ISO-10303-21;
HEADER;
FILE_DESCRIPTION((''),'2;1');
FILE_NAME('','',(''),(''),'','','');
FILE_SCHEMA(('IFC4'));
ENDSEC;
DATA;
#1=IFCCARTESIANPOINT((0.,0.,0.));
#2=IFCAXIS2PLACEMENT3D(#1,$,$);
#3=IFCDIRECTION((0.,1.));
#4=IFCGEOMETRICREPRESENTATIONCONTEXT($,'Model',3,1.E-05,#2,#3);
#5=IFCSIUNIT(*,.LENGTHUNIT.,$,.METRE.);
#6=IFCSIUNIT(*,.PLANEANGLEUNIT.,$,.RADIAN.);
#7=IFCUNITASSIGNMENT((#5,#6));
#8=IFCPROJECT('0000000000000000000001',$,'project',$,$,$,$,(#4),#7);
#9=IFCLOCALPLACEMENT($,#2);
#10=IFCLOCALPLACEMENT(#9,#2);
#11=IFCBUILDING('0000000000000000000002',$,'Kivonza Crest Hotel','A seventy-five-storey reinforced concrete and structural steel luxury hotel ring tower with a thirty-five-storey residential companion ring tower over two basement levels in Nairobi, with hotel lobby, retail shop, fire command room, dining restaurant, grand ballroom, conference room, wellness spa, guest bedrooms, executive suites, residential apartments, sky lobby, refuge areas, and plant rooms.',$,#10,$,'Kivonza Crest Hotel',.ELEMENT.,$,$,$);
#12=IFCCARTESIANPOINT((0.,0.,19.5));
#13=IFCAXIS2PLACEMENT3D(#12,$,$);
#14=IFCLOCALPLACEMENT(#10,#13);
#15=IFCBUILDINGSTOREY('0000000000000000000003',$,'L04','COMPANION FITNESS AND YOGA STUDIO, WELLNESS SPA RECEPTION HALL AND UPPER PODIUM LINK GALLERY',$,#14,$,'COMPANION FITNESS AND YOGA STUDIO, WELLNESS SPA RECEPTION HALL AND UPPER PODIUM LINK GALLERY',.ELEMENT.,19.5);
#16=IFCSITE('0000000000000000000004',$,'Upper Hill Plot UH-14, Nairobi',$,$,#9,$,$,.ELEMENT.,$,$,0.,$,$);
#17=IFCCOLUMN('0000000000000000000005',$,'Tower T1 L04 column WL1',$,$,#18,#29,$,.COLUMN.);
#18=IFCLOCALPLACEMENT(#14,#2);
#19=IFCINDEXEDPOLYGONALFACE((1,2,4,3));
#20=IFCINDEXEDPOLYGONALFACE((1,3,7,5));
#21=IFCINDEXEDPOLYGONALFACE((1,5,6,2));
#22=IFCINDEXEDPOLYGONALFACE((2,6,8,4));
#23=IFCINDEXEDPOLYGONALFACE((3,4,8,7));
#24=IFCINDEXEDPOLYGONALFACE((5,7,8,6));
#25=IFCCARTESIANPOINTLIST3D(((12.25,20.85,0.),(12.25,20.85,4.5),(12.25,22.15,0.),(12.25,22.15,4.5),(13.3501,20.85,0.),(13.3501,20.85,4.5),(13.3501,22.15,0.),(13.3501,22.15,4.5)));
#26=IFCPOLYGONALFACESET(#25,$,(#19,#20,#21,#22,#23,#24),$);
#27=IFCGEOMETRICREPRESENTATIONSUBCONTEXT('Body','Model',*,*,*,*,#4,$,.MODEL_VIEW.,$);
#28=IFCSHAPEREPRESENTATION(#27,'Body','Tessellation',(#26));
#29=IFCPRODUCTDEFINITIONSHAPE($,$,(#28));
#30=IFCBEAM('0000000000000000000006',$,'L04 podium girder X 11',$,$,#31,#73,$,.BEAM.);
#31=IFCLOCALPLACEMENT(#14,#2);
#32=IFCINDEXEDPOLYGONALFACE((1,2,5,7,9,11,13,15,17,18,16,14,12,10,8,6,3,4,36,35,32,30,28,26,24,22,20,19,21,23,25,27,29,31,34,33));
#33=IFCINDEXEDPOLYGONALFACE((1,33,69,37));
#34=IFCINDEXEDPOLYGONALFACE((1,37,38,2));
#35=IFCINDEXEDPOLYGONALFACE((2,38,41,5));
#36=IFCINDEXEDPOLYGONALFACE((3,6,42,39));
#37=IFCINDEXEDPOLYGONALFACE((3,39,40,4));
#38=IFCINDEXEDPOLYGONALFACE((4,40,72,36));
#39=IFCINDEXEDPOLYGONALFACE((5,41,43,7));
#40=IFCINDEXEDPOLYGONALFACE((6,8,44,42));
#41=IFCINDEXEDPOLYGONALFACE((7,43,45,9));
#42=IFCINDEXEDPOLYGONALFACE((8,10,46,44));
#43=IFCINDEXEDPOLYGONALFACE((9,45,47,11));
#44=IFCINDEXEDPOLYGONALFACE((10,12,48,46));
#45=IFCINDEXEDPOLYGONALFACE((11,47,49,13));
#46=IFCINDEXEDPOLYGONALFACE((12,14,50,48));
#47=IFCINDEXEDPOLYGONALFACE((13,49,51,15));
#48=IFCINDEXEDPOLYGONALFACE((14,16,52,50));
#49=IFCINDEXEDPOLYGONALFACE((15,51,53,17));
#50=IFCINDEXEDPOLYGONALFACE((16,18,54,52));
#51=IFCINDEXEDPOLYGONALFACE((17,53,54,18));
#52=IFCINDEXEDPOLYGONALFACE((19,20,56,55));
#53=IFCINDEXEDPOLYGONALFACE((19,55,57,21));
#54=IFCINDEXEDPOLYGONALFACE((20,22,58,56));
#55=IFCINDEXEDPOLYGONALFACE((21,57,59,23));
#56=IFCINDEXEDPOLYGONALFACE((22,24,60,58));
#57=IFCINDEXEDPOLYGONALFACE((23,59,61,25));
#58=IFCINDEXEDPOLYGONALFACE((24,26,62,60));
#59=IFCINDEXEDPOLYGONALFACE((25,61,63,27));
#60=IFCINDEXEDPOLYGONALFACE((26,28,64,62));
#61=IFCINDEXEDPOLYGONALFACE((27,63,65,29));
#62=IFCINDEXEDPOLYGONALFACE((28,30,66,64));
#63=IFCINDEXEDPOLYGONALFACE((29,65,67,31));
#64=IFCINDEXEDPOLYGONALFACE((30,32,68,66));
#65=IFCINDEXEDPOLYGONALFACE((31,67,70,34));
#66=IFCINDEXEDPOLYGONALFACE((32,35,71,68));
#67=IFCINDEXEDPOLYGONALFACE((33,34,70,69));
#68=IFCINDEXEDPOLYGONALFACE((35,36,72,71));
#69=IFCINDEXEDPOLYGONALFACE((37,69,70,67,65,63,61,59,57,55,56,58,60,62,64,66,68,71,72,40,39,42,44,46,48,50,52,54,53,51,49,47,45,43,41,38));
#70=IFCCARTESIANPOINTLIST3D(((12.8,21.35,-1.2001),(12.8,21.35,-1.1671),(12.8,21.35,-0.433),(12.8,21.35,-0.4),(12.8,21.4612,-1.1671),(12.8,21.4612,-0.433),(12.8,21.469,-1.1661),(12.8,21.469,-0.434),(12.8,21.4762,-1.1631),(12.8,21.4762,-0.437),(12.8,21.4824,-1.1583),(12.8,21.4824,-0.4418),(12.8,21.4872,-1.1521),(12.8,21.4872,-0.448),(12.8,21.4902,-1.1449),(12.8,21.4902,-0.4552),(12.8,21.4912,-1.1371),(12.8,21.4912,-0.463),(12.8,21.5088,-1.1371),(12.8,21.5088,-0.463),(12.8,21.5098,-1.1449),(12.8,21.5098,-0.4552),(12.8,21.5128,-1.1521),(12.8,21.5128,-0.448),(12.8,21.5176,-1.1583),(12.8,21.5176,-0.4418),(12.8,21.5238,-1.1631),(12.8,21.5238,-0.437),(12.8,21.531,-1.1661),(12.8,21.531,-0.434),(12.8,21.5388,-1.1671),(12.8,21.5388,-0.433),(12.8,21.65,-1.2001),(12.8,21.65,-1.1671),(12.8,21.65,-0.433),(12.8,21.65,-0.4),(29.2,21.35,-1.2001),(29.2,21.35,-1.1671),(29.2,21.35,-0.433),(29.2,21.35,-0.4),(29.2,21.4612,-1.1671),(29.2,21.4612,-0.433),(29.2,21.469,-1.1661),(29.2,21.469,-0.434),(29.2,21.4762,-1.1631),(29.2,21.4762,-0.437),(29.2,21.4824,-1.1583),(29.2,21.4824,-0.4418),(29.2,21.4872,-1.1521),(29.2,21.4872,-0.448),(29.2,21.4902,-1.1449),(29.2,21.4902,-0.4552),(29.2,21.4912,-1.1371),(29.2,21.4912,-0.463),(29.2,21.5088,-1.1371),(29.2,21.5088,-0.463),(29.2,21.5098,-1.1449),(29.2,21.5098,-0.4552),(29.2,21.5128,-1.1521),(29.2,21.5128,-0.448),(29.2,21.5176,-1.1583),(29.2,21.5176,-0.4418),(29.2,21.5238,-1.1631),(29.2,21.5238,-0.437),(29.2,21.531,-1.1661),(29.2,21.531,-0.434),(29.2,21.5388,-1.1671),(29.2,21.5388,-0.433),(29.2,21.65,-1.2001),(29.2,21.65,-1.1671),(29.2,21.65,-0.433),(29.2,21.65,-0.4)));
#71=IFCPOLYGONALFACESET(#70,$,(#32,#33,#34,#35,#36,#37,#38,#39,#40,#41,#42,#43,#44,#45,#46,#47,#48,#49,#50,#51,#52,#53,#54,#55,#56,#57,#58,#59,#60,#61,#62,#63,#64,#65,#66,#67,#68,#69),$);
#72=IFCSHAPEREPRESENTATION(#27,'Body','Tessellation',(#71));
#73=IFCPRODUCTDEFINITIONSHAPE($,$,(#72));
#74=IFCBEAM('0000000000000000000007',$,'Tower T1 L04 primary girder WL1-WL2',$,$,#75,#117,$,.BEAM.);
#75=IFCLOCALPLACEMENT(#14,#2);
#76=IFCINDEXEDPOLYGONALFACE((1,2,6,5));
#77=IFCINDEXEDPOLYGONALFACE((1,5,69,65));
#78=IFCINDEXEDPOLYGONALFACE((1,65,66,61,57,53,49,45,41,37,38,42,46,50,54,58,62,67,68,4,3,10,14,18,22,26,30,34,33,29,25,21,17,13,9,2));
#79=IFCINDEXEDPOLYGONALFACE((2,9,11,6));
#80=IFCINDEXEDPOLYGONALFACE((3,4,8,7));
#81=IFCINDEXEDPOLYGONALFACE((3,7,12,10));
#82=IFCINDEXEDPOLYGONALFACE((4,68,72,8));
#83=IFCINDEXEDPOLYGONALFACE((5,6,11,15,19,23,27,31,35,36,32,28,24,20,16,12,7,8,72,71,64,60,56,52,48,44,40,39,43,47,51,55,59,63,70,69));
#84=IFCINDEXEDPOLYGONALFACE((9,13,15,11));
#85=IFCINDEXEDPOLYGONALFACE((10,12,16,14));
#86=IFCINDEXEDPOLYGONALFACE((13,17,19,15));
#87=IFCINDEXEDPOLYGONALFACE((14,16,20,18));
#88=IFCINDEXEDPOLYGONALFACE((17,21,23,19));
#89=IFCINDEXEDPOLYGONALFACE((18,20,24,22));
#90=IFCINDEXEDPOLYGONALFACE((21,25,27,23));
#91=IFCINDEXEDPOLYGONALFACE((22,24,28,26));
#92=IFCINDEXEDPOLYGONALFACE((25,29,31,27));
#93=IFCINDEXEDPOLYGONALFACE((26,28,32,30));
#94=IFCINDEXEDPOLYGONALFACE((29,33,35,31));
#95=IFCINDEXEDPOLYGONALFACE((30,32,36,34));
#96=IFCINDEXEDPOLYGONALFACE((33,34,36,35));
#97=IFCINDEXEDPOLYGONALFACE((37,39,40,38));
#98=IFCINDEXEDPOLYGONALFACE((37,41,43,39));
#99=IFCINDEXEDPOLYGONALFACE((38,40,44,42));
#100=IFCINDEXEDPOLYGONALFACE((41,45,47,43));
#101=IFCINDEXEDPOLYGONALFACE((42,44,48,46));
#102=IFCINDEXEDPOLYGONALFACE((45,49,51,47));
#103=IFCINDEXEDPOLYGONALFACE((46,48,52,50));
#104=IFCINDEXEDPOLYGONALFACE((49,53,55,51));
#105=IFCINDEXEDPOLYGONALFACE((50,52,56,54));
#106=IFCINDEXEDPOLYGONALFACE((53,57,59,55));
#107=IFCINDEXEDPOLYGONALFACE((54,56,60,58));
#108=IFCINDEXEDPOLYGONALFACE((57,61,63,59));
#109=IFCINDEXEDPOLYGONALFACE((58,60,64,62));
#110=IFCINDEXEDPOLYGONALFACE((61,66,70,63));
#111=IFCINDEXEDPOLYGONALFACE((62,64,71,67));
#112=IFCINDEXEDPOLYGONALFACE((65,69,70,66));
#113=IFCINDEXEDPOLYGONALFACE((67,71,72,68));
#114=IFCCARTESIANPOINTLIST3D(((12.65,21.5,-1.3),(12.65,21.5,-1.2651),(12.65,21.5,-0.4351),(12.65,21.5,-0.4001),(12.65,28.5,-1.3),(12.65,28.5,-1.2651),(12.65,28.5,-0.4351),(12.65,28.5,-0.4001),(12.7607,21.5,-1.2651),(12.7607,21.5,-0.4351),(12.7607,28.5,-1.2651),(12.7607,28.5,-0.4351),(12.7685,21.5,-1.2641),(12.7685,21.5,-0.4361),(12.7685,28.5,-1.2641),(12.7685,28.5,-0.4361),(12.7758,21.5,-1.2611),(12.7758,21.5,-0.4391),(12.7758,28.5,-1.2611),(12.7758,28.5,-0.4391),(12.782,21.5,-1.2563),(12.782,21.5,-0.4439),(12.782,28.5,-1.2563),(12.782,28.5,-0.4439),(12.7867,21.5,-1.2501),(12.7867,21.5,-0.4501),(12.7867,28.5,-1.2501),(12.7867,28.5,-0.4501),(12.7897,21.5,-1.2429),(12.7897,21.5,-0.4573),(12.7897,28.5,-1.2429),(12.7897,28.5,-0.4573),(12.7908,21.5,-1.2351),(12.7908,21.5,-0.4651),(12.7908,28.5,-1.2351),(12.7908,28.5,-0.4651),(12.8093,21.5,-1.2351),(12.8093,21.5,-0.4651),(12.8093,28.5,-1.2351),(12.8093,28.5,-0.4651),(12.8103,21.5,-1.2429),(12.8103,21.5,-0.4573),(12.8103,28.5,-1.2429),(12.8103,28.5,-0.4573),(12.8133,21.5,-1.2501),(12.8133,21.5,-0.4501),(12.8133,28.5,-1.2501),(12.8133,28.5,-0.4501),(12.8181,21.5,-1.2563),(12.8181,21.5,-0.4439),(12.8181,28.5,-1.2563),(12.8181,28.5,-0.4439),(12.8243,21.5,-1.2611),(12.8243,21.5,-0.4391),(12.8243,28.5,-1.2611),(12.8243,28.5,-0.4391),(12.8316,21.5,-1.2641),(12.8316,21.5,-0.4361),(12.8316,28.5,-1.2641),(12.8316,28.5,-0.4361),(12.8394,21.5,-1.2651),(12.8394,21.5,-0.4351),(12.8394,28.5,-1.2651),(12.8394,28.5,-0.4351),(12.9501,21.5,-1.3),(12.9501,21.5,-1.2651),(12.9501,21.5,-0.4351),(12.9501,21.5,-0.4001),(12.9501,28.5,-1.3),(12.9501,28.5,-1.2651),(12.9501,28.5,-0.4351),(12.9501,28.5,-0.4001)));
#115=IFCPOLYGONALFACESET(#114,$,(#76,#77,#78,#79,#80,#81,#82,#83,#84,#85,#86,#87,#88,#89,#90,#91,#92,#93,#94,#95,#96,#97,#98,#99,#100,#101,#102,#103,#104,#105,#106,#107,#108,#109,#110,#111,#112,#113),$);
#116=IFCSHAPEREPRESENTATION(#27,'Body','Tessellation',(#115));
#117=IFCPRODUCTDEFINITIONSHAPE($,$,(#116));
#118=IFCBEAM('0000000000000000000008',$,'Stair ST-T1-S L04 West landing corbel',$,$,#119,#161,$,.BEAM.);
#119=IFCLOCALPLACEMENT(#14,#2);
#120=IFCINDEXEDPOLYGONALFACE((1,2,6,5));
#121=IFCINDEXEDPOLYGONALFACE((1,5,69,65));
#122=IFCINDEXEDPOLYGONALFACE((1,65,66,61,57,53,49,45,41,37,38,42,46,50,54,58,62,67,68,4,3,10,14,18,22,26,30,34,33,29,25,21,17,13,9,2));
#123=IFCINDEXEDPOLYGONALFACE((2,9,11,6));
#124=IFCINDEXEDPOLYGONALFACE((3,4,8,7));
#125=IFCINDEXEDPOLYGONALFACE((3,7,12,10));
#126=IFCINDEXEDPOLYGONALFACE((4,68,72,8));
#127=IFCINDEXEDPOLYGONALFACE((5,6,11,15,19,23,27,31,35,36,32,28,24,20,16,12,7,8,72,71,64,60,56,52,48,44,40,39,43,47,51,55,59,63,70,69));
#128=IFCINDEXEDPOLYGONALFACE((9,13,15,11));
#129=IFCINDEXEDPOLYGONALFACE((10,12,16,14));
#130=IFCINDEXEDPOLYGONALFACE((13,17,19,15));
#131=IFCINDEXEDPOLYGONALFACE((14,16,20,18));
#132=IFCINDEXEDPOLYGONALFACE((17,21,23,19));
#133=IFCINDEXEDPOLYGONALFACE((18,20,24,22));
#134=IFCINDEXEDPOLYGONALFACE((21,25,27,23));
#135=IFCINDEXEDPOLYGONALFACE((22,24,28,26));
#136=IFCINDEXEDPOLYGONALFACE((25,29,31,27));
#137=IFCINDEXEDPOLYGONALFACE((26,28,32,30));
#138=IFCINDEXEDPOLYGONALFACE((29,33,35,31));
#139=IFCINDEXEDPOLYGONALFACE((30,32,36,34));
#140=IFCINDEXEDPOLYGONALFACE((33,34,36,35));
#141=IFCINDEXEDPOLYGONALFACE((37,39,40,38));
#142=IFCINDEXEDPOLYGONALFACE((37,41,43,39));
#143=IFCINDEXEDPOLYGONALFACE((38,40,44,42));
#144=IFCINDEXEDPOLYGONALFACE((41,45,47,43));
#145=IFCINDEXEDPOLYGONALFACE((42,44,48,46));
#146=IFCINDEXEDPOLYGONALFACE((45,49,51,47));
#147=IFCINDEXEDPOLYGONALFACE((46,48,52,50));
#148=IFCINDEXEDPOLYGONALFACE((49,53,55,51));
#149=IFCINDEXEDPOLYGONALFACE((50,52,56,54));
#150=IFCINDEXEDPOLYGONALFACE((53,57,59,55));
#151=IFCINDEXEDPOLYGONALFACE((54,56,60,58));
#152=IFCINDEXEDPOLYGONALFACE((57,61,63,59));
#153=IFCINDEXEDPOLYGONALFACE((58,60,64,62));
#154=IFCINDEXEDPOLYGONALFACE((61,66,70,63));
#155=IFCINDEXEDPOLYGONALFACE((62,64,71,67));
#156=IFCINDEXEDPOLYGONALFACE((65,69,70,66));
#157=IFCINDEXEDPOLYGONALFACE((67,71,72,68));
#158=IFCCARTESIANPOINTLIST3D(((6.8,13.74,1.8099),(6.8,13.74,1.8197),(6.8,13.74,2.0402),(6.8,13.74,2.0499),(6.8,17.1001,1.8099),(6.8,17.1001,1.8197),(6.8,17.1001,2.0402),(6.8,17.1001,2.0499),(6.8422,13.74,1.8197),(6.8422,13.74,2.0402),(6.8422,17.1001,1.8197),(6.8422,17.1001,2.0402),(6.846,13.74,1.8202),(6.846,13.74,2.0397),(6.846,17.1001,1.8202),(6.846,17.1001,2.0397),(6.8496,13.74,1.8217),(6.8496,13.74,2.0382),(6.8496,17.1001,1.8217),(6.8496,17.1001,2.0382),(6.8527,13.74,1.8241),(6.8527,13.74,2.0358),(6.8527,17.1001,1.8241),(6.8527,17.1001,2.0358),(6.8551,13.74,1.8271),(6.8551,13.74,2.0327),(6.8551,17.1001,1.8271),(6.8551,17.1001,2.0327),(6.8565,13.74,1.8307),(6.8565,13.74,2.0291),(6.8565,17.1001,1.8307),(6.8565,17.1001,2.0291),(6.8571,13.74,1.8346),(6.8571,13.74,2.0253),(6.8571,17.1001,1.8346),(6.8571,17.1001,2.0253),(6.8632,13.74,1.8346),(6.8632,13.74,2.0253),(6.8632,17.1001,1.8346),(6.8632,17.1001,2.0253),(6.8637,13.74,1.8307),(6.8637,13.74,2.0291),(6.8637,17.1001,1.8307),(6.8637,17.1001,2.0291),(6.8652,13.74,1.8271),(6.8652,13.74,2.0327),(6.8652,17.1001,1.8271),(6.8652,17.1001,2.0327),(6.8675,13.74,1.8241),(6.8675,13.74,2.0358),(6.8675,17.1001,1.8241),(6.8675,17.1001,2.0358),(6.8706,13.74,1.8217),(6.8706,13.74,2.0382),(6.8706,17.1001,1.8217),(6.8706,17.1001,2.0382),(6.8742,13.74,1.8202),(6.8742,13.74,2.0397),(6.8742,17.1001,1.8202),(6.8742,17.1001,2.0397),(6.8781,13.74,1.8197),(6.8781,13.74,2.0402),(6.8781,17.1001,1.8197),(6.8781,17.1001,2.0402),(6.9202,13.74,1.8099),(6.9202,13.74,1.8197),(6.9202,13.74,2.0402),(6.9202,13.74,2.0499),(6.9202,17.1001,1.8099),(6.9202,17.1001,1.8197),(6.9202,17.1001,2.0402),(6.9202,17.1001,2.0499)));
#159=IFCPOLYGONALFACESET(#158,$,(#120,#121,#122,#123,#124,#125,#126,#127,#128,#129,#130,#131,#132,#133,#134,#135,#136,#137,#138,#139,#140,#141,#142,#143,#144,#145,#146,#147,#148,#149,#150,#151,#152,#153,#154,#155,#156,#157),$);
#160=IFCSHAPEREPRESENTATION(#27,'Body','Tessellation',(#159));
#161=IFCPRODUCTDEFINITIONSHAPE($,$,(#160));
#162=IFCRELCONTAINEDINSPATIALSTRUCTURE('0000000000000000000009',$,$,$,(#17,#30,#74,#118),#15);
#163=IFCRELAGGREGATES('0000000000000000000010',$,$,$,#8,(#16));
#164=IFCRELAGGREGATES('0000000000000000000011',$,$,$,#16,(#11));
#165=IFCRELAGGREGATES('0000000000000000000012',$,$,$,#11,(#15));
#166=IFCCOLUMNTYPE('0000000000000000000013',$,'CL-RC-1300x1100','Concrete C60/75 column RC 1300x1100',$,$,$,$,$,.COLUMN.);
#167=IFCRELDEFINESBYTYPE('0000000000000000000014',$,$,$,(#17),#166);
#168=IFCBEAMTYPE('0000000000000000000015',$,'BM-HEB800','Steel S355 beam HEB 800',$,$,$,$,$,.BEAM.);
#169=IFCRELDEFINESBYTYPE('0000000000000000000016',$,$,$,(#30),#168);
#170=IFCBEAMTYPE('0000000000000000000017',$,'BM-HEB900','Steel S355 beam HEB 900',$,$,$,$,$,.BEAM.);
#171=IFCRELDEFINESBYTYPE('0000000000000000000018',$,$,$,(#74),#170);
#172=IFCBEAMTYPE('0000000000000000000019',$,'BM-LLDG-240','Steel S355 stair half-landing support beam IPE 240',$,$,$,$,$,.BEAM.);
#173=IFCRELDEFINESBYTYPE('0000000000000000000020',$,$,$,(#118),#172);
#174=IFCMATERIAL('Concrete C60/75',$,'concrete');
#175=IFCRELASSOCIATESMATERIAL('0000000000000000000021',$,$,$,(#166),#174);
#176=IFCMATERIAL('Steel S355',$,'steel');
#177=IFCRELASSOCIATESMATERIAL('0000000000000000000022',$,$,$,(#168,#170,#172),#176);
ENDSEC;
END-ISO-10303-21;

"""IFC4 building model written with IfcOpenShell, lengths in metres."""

from ifc_helpers import new_model, si_unit, direction, frame, origin, origin_2d, place, context, subcontext, project, spatial, rectangle, i_section, extrude, material, material_profile, profile_set, type_object, element, save


model = new_model("IFC4")

# Units and contexts
model_context = context("Model", 3, precision=1e-05, world=origin(), true_north=direction((0.0, 1.0)))
body_context = subcontext(model_context, "Body", "Model", "MODEL_VIEW")
ifc_project = project(units=[si_unit("LENGTHUNIT", "METRE"), si_unit("PLANEANGLEUNIT", "RADIAN")], contexts=[model_context])

# Site, building, storey
site_placement = place(None, origin())
site = spatial("IfcSite", under=ifc_project, at=site_placement, Name="Upper Hill Plot UH-14, Nairobi", CompositionType="ELEMENT", RefElevation=0.0)
building_placement = place(site_placement, origin())
building = spatial("IfcBuilding", under=site, at=building_placement, Name="Kivonza Crest Hotel", Description="A seventy-five-storey reinforced concrete and structural steel luxury hotel ring tower with a thirty-five-storey residential companion ring tower over two basement levels in Nairobi, with hotel lobby, retail shop, fire command room, dining restaurant, grand ballroom, conference room, wellness spa, guest bedrooms, executive suites, residential apartments, sky lobby, refuge areas, and plant rooms.", LongName="Kivonza Crest Hotel", CompositionType="ELEMENT")
storey_placement = place(building_placement, frame((0.0, 0.0, 19.5)))
storey = spatial("IfcBuildingStorey", under=building, at=storey_placement, Name="L04", Description="COMPANION FITNESS AND YOGA STUDIO, WELLNESS SPA RECEPTION HALL AND UPPER PODIUM LINK GALLERY", LongName="COMPANION FITNESS AND YOGA STUDIO, WELLNESS SPA RECEPTION HALL AND UPPER PODIUM LINK GALLERY", CompositionType="ELEMENT", Elevation=19.5)

# Column
ifc_material_1 = material(Name="Concrete C60/75", Category="concrete")
ifc_material_profile_1 = material_profile(ifc_material_1, rectangle(XDim=1.1001, YDim=1.3, at=origin_2d()), Name="RC 1300x1100")
ifc_profile_set_1 = profile_set([ifc_material_profile_1], Name="Concrete C60/75")
column_type = type_object("IfcColumnType", Name="CL-RC-1300x1100", Description="Concrete C60/75 column RC 1300x1100", PredefinedType="COLUMN", material=ifc_profile_set_1)
column_placement = place(storey_placement, frame((12.8, 21.5, 0.0), z_axis=(0.0, 0.0, 1.0), x_axis=(1.0, 0.0, 0.0)))
element("IfcColumn", 1, at=column_placement, inside=storey, type_object=column_type, Name="Tower T1 L04 column WL1", PredefinedType="COLUMN", context=body_context, shape_type="SweptSolid", body=[
    extrude(rectangle(XDim=1.1001, YDim=1.3, at=origin_2d()), origin(), (0.0, 0.0, 1.0), 4.5),
])

# Beams
ifc_material_2 = material(Name="Steel S355", Category="steel")
ifc_material_profile_2 = material_profile(ifc_material_2, i_section(OverallWidth=0.3, OverallDepth=0.8, WebThickness=0.0176, FlangeThickness=0.033, FilletRadius=0.03, at=origin_2d()), Name="HEB 800")
ifc_profile_set_2 = profile_set([ifc_material_profile_2], Name="Steel S355")
beam_type_1 = type_object("IfcBeamType", Name="BM-HEB800", Description="Steel S355 beam HEB 800", PredefinedType="BEAM", material=ifc_profile_set_2)
beam_1_placement = place(storey_placement, frame((12.8, 21.5, -0.8), z_axis=(1.0, 0.0, 0.0), x_axis=(0.0, 1.0, 0.0)))
element("IfcBeam", 2, at=beam_1_placement, inside=storey, type_object=beam_type_1, Name="L04 podium girder X 11", PredefinedType="BEAM", context=body_context, shape_type="SweptSolid", body=[
    extrude(i_section(OverallWidth=0.3, OverallDepth=0.8, WebThickness=0.0176, FlangeThickness=0.033, FilletRadius=0.03, at=origin_2d()), origin(), (0.0, 0.0, 1.0), 16.3999),
])
ifc_material_profile_3 = material_profile(ifc_material_2, i_section(OverallWidth=0.3, OverallDepth=0.8999, WebThickness=0.0186, FlangeThickness=0.0349, FilletRadius=0.03, at=origin_2d()), Name="HEB 900")
ifc_profile_set_3 = profile_set([ifc_material_profile_3], Name="Steel S355")
beam_type_2 = type_object("IfcBeamType", Name="BM-HEB900", Description="Steel S355 beam HEB 900", PredefinedType="BEAM", material=ifc_profile_set_3)
beam_2_placement = place(storey_placement, frame((12.8, 21.5, -0.8501), z_axis=(0.0, 1.0, 0.0), x_axis=(-1.0, 0.0, 0.0)))
element("IfcBeam", 3, at=beam_2_placement, inside=storey, type_object=beam_type_2, Name="Tower T1 L04 primary girder WL1-WL2", PredefinedType="BEAM", context=body_context, shape_type="SweptSolid", body=[
    extrude(i_section(OverallWidth=0.3, OverallDepth=0.8999, WebThickness=0.0186, FlangeThickness=0.0349, FilletRadius=0.03, at=origin_2d()), origin(), (0.0, 0.0, 1.0), 7.0),
])
ifc_material_profile_4 = material_profile(ifc_material_2, i_section(OverallWidth=0.1201, OverallDepth=0.24, WebThickness=0.0061, FlangeThickness=0.0098, FilletRadius=0.0149, at=origin_2d()), Name="IPE 240")
ifc_profile_set_4 = profile_set([ifc_material_profile_4], Name="Steel S355")
beam_type_3 = type_object("IfcBeamType", Name="BM-LLDG-240", Description="Steel S355 stair half-landing support beam IPE 240", PredefinedType="BEAM", material=ifc_profile_set_4)
beam_3_placement = place(storey_placement, frame((6.8601, 13.74, 1.9299), z_axis=(0.0, 1.0, 0.0), x_axis=(-1.0, 0.0, 0.0)))
element("IfcBeam", 4, at=beam_3_placement, inside=storey, type_object=beam_type_3, Name="Stair ST-T1-S L04 West landing corbel", PredefinedType="BEAM", context=body_context, shape_type="SweptSolid", body=[
    extrude(i_section(OverallWidth=0.1201, OverallDepth=0.24, WebThickness=0.0061, FlangeThickness=0.0098, FilletRadius=0.0149, at=origin_2d()), origin(), (0.0, 0.0, 1.0), 3.3601),
])

save(model, "model.ifc")
